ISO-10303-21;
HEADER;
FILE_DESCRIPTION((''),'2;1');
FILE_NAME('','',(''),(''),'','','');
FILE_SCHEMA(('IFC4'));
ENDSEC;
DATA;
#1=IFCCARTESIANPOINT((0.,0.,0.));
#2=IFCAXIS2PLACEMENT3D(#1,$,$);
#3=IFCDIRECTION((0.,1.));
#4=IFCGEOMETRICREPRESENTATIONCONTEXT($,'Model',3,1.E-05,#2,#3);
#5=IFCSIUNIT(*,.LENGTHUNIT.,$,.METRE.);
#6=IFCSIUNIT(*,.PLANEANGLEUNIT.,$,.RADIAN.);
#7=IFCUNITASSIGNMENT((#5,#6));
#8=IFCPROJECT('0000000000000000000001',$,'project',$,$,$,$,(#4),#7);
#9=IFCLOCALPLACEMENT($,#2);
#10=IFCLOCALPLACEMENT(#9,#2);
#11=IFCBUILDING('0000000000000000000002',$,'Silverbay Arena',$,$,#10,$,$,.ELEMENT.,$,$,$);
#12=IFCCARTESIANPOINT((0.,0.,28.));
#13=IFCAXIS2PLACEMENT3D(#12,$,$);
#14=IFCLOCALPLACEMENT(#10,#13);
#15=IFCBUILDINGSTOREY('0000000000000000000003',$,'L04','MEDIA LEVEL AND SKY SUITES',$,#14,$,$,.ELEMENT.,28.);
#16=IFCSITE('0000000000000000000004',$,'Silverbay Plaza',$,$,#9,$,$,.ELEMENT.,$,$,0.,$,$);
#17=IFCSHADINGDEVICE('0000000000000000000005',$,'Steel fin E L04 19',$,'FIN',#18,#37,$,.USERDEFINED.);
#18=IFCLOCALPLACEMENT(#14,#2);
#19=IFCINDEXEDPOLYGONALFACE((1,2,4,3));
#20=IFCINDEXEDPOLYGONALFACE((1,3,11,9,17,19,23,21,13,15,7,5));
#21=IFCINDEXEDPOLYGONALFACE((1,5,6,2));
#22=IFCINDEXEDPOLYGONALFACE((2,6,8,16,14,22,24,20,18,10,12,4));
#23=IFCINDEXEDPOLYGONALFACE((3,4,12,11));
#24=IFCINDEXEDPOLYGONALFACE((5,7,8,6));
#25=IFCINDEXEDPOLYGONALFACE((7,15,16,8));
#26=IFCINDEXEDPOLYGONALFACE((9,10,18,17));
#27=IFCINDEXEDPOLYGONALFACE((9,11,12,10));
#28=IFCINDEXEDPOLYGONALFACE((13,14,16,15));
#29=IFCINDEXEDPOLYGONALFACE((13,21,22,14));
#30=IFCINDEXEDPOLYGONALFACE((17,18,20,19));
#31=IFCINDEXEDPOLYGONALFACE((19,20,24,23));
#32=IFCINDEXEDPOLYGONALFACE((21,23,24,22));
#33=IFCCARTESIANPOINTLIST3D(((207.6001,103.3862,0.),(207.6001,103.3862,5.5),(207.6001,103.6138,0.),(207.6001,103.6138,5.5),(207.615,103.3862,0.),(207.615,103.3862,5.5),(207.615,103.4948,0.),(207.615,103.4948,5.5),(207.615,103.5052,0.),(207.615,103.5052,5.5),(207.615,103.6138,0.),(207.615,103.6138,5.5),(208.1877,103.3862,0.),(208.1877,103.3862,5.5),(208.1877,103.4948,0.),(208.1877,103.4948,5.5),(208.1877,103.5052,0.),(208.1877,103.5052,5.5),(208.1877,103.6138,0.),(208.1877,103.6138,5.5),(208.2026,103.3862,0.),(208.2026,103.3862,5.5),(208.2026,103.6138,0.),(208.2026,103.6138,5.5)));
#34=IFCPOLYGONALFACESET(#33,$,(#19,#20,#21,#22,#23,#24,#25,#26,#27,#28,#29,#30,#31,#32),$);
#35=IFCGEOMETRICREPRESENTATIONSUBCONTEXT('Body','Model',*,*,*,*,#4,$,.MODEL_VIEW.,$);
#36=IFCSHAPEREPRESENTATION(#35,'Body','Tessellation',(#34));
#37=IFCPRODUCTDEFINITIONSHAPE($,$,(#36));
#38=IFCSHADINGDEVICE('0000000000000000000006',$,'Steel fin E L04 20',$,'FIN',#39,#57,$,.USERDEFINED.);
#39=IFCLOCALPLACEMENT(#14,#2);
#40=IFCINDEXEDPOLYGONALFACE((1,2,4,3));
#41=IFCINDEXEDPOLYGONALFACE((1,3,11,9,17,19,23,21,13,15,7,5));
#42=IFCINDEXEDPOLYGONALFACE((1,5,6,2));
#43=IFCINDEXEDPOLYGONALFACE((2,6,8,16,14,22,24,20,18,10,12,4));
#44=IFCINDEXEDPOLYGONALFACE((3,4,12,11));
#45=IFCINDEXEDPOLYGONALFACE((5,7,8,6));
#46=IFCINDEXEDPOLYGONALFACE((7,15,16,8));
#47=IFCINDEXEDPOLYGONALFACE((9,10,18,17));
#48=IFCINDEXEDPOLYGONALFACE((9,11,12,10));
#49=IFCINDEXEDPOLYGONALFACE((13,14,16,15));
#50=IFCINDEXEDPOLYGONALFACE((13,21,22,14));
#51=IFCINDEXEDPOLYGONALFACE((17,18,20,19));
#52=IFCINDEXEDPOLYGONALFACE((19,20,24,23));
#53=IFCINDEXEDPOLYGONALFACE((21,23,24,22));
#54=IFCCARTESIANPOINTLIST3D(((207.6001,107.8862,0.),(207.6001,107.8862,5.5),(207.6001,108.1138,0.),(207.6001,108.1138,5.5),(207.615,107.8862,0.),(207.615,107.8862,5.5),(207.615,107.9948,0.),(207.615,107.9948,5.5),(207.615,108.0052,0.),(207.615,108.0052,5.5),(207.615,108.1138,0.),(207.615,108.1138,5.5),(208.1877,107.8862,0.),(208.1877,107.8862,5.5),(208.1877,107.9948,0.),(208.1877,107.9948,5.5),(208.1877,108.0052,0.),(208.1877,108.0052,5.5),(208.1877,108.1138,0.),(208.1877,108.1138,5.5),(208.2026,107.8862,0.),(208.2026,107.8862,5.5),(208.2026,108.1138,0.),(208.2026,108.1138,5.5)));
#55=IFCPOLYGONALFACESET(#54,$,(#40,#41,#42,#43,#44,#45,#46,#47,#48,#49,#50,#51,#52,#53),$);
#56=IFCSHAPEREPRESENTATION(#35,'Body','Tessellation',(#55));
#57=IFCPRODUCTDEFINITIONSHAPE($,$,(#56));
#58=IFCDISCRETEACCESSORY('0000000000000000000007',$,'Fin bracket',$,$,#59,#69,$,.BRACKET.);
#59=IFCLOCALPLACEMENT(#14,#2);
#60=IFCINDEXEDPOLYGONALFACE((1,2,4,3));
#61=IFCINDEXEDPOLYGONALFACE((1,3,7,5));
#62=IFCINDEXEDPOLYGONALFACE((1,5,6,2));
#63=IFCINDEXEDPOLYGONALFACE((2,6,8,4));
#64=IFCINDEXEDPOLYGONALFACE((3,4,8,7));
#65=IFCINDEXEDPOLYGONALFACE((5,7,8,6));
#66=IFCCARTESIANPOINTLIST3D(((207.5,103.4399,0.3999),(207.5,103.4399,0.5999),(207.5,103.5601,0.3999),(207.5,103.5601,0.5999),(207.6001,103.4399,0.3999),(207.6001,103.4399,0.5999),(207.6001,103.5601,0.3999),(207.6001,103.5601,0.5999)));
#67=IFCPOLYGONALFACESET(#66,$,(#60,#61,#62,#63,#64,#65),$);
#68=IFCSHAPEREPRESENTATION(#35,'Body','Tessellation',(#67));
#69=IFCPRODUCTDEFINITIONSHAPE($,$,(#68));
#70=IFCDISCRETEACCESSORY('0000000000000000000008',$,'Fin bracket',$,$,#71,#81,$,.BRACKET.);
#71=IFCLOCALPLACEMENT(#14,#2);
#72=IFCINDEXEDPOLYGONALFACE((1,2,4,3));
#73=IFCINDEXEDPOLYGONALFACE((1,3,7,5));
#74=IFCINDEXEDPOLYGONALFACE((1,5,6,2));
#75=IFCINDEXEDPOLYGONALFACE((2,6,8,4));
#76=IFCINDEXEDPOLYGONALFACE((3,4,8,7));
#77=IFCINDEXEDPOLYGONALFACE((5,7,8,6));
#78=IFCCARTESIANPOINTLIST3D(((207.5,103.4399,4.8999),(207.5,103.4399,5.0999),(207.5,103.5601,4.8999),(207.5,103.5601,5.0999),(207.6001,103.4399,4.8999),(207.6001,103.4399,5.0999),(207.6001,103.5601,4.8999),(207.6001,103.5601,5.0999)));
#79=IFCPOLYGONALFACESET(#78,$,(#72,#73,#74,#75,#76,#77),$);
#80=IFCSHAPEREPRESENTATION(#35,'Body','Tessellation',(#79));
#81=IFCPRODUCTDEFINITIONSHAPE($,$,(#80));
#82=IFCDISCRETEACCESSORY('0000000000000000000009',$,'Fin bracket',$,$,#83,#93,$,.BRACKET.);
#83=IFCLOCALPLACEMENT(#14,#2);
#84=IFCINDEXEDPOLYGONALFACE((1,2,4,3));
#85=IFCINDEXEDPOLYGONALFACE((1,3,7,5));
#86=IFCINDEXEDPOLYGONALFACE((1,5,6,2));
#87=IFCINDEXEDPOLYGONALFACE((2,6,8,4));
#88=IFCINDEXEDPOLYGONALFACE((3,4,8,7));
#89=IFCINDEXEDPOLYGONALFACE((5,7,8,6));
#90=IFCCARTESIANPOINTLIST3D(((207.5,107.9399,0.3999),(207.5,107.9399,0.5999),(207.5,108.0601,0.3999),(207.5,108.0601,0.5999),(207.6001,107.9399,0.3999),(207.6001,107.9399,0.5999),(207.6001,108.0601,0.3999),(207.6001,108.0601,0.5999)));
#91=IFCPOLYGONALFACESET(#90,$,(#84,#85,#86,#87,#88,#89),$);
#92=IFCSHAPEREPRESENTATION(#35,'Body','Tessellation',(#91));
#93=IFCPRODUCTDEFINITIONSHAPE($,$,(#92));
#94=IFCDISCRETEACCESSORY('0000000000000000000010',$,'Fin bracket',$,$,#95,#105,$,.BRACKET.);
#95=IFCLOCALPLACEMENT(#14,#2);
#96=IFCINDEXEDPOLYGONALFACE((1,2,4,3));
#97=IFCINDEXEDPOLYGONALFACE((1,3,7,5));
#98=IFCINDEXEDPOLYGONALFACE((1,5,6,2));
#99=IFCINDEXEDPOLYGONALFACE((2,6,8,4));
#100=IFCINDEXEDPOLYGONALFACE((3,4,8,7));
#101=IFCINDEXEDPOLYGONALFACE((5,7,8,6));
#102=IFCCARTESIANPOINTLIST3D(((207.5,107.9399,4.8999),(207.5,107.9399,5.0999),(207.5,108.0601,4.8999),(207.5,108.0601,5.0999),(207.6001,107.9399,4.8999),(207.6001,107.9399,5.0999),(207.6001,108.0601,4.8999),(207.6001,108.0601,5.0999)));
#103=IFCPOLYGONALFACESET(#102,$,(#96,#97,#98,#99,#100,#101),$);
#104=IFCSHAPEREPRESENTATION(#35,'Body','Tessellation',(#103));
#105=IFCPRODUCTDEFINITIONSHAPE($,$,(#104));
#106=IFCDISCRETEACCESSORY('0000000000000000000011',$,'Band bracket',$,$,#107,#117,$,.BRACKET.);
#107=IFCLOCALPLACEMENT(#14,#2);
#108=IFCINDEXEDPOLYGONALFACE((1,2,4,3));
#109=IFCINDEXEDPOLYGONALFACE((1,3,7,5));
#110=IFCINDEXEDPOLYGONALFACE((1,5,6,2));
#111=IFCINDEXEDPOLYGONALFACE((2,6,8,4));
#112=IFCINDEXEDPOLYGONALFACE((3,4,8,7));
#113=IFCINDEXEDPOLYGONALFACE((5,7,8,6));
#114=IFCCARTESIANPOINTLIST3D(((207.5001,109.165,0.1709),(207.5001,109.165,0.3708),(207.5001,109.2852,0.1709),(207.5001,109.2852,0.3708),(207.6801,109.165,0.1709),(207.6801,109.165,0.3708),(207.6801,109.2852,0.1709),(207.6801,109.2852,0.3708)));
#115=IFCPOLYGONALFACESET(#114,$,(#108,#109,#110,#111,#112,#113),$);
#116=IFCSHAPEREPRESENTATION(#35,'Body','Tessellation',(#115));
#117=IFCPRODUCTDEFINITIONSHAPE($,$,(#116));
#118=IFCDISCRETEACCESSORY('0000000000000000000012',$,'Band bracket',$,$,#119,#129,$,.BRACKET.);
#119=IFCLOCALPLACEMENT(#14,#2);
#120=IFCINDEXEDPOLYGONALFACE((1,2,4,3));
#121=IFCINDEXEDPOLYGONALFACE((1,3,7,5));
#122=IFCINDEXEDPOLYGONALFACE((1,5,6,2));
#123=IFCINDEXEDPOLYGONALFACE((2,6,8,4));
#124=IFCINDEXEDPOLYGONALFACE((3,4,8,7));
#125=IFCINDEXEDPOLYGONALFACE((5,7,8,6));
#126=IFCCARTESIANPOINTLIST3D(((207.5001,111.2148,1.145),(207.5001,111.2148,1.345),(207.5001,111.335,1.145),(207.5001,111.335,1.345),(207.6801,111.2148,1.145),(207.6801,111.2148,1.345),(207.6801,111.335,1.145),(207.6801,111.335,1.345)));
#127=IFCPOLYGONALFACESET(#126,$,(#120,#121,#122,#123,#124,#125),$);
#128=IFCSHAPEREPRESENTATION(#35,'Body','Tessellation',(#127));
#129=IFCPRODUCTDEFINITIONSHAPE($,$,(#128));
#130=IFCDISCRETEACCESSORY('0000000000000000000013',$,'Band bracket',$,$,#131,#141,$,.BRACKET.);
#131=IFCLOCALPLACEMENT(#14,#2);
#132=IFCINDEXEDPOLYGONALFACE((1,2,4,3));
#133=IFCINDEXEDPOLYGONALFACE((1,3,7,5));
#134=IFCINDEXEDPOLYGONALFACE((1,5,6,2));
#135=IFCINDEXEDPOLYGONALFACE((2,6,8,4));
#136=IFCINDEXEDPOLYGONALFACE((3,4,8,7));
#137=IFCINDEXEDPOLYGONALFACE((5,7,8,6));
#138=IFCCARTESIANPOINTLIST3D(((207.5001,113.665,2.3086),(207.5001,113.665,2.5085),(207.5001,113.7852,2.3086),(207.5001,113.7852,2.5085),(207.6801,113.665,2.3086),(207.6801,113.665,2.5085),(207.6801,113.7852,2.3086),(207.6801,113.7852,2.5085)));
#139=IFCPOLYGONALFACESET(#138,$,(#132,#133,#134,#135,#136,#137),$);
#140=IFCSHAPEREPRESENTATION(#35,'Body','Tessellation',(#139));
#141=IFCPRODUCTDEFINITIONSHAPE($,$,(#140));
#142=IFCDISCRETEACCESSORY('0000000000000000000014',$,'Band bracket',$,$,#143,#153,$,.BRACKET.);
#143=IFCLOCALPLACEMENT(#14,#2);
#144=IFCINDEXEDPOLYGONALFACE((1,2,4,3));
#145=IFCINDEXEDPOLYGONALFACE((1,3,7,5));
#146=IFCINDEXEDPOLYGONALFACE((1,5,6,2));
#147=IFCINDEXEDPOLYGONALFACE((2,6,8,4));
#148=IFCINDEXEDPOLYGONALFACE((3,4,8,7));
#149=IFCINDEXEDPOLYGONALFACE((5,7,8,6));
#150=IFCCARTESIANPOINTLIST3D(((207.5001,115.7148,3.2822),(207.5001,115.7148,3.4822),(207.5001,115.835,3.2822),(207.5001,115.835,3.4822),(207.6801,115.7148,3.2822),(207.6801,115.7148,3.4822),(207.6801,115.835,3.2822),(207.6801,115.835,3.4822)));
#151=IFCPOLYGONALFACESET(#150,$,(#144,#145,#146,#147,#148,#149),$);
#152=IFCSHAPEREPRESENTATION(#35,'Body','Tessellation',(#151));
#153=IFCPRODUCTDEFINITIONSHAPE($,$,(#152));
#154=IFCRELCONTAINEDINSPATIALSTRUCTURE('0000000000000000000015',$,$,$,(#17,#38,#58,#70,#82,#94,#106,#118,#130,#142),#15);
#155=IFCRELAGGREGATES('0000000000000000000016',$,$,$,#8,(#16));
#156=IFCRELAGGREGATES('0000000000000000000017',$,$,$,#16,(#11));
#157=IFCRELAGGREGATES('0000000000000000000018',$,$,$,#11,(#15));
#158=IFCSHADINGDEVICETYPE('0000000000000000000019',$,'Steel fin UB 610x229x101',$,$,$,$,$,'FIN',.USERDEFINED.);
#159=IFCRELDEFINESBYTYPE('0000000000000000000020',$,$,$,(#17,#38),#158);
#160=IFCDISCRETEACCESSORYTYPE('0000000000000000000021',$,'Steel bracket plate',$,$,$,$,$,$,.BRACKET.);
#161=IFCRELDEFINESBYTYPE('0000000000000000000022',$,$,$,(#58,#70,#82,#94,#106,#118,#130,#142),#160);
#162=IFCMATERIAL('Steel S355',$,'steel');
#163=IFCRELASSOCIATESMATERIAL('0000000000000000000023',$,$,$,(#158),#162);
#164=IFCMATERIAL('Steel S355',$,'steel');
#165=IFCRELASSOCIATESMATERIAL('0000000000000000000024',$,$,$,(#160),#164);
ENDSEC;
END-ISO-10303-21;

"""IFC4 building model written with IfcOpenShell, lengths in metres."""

from ifc_helpers import new_model, si_unit, direction, frame, origin, origin_2d, place, context, subcontext, project, spatial, rectangle, i_section, extrude, material, material_profile, profile_set, type_object, element, save


model = new_model("IFC4")

# Units and contexts
model_context = context("Model", 3, precision=1e-05, world=origin(), true_north=direction((0.0, 1.0)))
body_context = subcontext(model_context, "Body", "Model", "MODEL_VIEW")
ifc_project = project(units=[si_unit("LENGTHUNIT", "METRE"), si_unit("PLANEANGLEUNIT", "RADIAN")], contexts=[model_context])

# Site, building, storey
site_placement = place(None, origin())
site = spatial("IfcSite", under=ifc_project, at=site_placement, Name="Silverbay Plaza", CompositionType="ELEMENT", RefElevation=0.0)
building_placement = place(site_placement, origin())
building = spatial("IfcBuilding", under=site, at=building_placement, Name="Silverbay Arena", CompositionType="ELEMENT")
storey_placement = place(building_placement, frame((0.0, 0.0, 28.0)))
storey = spatial("IfcBuildingStorey", under=building, at=storey_placement, Name="L04", Description="MEDIA LEVEL AND SKY SUITES", CompositionType="ELEMENT", Elevation=28.0)

# Shading devices
ifc_material_1 = material(Name="Steel S355", Category="steel")
ifc_material_profile_1 = material_profile(ifc_material_1, i_section(OverallWidth=0.2275, OverallDepth=0.6025, WebThickness=0.0105, FlangeThickness=0.0149, at=origin_2d()), Name="UB 610x229x101")
ifc_profile_set_1 = profile_set([ifc_material_profile_1], Name="Steel S355")
shading_device_type = type_object("IfcShadingDeviceType", Name="Steel fin UB 610x229x101", ElementType="FIN", PredefinedType="USERDEFINED", material=ifc_profile_set_1)
for number, where, z_axis, x_axis, name in (
    (1, (207.9014, 103.5, 0.0), (0.0, 0.0, 1.0), (0.0, 1.0, 0.0), "Steel fin E L04 19"),
    (2, (207.9014, 108.0, 0.0), (0.0, 0.0, 1.0), (0.0, 1.0, 0.0), "Steel fin E L04 20"),
):
    element("IfcShadingDevice", number, at=place(storey_placement, frame(where, z_axis=z_axis, x_axis=x_axis)), inside=storey, type_object=shading_device_type, Name=name, ObjectType="FIN", PredefinedType="USERDEFINED", context=body_context, shape_type="SweptSolid", body=[
        extrude(i_section(OverallWidth=0.2275, OverallDepth=0.6025, WebThickness=0.0105, FlangeThickness=0.0149, at=origin_2d()), origin(), (0.0, 0.0, 1.0), 5.5),
    ])

# Discrete accessories
ifc_material_2 = material(Name="Steel S355", Category="steel")
discrete_accessory_type = type_object("IfcDiscreteAccessoryType", Name="Steel bracket plate", PredefinedType="BRACKET", material=ifc_material_2)
for number, where, z_axis, x_axis, name in (
    (3, (207.55, 103.5, 0.3999), (0.0, 0.0, 1.0), (1.0, 0.0, 0.0), "Fin bracket"),
    (4, (207.55, 103.5, 4.8999), (0.0, 0.0, 1.0), (1.0, 0.0, 0.0), "Fin bracket"),
    (5, (207.55, 108.0, 0.3999), (0.0, 0.0, 1.0), (1.0, 0.0, 0.0), "Fin bracket"),
    (6, (207.55, 108.0, 4.8999), (0.0, 0.0, 1.0), (1.0, 0.0, 0.0), "Fin bracket"),
):
    element("IfcDiscreteAccessory", number, at=place(storey_placement, frame(where, z_axis=z_axis, x_axis=x_axis)), inside=storey, type_object=discrete_accessory_type, Name=name, PredefinedType="BRACKET", context=body_context, shape_type="SweptSolid", body=[
        extrude(rectangle(XDim=0.1001, YDim=0.1201, at=origin_2d()), origin(), (0.0, 0.0, 1.0), 0.2),
    ])
for number, where, z_axis, x_axis, name in (
    (7, (207.5901, 109.2251, 0.1709), (0.0, 0.0, 1.0), (1.0, 0.0, 0.0), "Band bracket"),
    (8, (207.5901, 111.2749, 1.145), (0.0, 0.0, 1.0), (1.0, 0.0, 0.0), "Band bracket"),
    (9, (207.5901, 113.7251, 2.3086), (0.0, 0.0, 1.0), (1.0, 0.0, 0.0), "Band bracket"),
    (10, (207.5901, 115.7749, 3.2822), (0.0, 0.0, 1.0), (1.0, 0.0, 0.0), "Band bracket"),
):
    element("IfcDiscreteAccessory", number, at=place(storey_placement, frame(where, z_axis=z_axis, x_axis=x_axis)), inside=storey, type_object=discrete_accessory_type, Name=name, PredefinedType="BRACKET", context=body_context, shape_type="SweptSolid", body=[
        extrude(rectangle(XDim=0.1799, YDim=0.1201, at=origin_2d()), origin(), (0.0, 0.0, 1.0), 0.2),
    ])

save(model, "model.ifc")
